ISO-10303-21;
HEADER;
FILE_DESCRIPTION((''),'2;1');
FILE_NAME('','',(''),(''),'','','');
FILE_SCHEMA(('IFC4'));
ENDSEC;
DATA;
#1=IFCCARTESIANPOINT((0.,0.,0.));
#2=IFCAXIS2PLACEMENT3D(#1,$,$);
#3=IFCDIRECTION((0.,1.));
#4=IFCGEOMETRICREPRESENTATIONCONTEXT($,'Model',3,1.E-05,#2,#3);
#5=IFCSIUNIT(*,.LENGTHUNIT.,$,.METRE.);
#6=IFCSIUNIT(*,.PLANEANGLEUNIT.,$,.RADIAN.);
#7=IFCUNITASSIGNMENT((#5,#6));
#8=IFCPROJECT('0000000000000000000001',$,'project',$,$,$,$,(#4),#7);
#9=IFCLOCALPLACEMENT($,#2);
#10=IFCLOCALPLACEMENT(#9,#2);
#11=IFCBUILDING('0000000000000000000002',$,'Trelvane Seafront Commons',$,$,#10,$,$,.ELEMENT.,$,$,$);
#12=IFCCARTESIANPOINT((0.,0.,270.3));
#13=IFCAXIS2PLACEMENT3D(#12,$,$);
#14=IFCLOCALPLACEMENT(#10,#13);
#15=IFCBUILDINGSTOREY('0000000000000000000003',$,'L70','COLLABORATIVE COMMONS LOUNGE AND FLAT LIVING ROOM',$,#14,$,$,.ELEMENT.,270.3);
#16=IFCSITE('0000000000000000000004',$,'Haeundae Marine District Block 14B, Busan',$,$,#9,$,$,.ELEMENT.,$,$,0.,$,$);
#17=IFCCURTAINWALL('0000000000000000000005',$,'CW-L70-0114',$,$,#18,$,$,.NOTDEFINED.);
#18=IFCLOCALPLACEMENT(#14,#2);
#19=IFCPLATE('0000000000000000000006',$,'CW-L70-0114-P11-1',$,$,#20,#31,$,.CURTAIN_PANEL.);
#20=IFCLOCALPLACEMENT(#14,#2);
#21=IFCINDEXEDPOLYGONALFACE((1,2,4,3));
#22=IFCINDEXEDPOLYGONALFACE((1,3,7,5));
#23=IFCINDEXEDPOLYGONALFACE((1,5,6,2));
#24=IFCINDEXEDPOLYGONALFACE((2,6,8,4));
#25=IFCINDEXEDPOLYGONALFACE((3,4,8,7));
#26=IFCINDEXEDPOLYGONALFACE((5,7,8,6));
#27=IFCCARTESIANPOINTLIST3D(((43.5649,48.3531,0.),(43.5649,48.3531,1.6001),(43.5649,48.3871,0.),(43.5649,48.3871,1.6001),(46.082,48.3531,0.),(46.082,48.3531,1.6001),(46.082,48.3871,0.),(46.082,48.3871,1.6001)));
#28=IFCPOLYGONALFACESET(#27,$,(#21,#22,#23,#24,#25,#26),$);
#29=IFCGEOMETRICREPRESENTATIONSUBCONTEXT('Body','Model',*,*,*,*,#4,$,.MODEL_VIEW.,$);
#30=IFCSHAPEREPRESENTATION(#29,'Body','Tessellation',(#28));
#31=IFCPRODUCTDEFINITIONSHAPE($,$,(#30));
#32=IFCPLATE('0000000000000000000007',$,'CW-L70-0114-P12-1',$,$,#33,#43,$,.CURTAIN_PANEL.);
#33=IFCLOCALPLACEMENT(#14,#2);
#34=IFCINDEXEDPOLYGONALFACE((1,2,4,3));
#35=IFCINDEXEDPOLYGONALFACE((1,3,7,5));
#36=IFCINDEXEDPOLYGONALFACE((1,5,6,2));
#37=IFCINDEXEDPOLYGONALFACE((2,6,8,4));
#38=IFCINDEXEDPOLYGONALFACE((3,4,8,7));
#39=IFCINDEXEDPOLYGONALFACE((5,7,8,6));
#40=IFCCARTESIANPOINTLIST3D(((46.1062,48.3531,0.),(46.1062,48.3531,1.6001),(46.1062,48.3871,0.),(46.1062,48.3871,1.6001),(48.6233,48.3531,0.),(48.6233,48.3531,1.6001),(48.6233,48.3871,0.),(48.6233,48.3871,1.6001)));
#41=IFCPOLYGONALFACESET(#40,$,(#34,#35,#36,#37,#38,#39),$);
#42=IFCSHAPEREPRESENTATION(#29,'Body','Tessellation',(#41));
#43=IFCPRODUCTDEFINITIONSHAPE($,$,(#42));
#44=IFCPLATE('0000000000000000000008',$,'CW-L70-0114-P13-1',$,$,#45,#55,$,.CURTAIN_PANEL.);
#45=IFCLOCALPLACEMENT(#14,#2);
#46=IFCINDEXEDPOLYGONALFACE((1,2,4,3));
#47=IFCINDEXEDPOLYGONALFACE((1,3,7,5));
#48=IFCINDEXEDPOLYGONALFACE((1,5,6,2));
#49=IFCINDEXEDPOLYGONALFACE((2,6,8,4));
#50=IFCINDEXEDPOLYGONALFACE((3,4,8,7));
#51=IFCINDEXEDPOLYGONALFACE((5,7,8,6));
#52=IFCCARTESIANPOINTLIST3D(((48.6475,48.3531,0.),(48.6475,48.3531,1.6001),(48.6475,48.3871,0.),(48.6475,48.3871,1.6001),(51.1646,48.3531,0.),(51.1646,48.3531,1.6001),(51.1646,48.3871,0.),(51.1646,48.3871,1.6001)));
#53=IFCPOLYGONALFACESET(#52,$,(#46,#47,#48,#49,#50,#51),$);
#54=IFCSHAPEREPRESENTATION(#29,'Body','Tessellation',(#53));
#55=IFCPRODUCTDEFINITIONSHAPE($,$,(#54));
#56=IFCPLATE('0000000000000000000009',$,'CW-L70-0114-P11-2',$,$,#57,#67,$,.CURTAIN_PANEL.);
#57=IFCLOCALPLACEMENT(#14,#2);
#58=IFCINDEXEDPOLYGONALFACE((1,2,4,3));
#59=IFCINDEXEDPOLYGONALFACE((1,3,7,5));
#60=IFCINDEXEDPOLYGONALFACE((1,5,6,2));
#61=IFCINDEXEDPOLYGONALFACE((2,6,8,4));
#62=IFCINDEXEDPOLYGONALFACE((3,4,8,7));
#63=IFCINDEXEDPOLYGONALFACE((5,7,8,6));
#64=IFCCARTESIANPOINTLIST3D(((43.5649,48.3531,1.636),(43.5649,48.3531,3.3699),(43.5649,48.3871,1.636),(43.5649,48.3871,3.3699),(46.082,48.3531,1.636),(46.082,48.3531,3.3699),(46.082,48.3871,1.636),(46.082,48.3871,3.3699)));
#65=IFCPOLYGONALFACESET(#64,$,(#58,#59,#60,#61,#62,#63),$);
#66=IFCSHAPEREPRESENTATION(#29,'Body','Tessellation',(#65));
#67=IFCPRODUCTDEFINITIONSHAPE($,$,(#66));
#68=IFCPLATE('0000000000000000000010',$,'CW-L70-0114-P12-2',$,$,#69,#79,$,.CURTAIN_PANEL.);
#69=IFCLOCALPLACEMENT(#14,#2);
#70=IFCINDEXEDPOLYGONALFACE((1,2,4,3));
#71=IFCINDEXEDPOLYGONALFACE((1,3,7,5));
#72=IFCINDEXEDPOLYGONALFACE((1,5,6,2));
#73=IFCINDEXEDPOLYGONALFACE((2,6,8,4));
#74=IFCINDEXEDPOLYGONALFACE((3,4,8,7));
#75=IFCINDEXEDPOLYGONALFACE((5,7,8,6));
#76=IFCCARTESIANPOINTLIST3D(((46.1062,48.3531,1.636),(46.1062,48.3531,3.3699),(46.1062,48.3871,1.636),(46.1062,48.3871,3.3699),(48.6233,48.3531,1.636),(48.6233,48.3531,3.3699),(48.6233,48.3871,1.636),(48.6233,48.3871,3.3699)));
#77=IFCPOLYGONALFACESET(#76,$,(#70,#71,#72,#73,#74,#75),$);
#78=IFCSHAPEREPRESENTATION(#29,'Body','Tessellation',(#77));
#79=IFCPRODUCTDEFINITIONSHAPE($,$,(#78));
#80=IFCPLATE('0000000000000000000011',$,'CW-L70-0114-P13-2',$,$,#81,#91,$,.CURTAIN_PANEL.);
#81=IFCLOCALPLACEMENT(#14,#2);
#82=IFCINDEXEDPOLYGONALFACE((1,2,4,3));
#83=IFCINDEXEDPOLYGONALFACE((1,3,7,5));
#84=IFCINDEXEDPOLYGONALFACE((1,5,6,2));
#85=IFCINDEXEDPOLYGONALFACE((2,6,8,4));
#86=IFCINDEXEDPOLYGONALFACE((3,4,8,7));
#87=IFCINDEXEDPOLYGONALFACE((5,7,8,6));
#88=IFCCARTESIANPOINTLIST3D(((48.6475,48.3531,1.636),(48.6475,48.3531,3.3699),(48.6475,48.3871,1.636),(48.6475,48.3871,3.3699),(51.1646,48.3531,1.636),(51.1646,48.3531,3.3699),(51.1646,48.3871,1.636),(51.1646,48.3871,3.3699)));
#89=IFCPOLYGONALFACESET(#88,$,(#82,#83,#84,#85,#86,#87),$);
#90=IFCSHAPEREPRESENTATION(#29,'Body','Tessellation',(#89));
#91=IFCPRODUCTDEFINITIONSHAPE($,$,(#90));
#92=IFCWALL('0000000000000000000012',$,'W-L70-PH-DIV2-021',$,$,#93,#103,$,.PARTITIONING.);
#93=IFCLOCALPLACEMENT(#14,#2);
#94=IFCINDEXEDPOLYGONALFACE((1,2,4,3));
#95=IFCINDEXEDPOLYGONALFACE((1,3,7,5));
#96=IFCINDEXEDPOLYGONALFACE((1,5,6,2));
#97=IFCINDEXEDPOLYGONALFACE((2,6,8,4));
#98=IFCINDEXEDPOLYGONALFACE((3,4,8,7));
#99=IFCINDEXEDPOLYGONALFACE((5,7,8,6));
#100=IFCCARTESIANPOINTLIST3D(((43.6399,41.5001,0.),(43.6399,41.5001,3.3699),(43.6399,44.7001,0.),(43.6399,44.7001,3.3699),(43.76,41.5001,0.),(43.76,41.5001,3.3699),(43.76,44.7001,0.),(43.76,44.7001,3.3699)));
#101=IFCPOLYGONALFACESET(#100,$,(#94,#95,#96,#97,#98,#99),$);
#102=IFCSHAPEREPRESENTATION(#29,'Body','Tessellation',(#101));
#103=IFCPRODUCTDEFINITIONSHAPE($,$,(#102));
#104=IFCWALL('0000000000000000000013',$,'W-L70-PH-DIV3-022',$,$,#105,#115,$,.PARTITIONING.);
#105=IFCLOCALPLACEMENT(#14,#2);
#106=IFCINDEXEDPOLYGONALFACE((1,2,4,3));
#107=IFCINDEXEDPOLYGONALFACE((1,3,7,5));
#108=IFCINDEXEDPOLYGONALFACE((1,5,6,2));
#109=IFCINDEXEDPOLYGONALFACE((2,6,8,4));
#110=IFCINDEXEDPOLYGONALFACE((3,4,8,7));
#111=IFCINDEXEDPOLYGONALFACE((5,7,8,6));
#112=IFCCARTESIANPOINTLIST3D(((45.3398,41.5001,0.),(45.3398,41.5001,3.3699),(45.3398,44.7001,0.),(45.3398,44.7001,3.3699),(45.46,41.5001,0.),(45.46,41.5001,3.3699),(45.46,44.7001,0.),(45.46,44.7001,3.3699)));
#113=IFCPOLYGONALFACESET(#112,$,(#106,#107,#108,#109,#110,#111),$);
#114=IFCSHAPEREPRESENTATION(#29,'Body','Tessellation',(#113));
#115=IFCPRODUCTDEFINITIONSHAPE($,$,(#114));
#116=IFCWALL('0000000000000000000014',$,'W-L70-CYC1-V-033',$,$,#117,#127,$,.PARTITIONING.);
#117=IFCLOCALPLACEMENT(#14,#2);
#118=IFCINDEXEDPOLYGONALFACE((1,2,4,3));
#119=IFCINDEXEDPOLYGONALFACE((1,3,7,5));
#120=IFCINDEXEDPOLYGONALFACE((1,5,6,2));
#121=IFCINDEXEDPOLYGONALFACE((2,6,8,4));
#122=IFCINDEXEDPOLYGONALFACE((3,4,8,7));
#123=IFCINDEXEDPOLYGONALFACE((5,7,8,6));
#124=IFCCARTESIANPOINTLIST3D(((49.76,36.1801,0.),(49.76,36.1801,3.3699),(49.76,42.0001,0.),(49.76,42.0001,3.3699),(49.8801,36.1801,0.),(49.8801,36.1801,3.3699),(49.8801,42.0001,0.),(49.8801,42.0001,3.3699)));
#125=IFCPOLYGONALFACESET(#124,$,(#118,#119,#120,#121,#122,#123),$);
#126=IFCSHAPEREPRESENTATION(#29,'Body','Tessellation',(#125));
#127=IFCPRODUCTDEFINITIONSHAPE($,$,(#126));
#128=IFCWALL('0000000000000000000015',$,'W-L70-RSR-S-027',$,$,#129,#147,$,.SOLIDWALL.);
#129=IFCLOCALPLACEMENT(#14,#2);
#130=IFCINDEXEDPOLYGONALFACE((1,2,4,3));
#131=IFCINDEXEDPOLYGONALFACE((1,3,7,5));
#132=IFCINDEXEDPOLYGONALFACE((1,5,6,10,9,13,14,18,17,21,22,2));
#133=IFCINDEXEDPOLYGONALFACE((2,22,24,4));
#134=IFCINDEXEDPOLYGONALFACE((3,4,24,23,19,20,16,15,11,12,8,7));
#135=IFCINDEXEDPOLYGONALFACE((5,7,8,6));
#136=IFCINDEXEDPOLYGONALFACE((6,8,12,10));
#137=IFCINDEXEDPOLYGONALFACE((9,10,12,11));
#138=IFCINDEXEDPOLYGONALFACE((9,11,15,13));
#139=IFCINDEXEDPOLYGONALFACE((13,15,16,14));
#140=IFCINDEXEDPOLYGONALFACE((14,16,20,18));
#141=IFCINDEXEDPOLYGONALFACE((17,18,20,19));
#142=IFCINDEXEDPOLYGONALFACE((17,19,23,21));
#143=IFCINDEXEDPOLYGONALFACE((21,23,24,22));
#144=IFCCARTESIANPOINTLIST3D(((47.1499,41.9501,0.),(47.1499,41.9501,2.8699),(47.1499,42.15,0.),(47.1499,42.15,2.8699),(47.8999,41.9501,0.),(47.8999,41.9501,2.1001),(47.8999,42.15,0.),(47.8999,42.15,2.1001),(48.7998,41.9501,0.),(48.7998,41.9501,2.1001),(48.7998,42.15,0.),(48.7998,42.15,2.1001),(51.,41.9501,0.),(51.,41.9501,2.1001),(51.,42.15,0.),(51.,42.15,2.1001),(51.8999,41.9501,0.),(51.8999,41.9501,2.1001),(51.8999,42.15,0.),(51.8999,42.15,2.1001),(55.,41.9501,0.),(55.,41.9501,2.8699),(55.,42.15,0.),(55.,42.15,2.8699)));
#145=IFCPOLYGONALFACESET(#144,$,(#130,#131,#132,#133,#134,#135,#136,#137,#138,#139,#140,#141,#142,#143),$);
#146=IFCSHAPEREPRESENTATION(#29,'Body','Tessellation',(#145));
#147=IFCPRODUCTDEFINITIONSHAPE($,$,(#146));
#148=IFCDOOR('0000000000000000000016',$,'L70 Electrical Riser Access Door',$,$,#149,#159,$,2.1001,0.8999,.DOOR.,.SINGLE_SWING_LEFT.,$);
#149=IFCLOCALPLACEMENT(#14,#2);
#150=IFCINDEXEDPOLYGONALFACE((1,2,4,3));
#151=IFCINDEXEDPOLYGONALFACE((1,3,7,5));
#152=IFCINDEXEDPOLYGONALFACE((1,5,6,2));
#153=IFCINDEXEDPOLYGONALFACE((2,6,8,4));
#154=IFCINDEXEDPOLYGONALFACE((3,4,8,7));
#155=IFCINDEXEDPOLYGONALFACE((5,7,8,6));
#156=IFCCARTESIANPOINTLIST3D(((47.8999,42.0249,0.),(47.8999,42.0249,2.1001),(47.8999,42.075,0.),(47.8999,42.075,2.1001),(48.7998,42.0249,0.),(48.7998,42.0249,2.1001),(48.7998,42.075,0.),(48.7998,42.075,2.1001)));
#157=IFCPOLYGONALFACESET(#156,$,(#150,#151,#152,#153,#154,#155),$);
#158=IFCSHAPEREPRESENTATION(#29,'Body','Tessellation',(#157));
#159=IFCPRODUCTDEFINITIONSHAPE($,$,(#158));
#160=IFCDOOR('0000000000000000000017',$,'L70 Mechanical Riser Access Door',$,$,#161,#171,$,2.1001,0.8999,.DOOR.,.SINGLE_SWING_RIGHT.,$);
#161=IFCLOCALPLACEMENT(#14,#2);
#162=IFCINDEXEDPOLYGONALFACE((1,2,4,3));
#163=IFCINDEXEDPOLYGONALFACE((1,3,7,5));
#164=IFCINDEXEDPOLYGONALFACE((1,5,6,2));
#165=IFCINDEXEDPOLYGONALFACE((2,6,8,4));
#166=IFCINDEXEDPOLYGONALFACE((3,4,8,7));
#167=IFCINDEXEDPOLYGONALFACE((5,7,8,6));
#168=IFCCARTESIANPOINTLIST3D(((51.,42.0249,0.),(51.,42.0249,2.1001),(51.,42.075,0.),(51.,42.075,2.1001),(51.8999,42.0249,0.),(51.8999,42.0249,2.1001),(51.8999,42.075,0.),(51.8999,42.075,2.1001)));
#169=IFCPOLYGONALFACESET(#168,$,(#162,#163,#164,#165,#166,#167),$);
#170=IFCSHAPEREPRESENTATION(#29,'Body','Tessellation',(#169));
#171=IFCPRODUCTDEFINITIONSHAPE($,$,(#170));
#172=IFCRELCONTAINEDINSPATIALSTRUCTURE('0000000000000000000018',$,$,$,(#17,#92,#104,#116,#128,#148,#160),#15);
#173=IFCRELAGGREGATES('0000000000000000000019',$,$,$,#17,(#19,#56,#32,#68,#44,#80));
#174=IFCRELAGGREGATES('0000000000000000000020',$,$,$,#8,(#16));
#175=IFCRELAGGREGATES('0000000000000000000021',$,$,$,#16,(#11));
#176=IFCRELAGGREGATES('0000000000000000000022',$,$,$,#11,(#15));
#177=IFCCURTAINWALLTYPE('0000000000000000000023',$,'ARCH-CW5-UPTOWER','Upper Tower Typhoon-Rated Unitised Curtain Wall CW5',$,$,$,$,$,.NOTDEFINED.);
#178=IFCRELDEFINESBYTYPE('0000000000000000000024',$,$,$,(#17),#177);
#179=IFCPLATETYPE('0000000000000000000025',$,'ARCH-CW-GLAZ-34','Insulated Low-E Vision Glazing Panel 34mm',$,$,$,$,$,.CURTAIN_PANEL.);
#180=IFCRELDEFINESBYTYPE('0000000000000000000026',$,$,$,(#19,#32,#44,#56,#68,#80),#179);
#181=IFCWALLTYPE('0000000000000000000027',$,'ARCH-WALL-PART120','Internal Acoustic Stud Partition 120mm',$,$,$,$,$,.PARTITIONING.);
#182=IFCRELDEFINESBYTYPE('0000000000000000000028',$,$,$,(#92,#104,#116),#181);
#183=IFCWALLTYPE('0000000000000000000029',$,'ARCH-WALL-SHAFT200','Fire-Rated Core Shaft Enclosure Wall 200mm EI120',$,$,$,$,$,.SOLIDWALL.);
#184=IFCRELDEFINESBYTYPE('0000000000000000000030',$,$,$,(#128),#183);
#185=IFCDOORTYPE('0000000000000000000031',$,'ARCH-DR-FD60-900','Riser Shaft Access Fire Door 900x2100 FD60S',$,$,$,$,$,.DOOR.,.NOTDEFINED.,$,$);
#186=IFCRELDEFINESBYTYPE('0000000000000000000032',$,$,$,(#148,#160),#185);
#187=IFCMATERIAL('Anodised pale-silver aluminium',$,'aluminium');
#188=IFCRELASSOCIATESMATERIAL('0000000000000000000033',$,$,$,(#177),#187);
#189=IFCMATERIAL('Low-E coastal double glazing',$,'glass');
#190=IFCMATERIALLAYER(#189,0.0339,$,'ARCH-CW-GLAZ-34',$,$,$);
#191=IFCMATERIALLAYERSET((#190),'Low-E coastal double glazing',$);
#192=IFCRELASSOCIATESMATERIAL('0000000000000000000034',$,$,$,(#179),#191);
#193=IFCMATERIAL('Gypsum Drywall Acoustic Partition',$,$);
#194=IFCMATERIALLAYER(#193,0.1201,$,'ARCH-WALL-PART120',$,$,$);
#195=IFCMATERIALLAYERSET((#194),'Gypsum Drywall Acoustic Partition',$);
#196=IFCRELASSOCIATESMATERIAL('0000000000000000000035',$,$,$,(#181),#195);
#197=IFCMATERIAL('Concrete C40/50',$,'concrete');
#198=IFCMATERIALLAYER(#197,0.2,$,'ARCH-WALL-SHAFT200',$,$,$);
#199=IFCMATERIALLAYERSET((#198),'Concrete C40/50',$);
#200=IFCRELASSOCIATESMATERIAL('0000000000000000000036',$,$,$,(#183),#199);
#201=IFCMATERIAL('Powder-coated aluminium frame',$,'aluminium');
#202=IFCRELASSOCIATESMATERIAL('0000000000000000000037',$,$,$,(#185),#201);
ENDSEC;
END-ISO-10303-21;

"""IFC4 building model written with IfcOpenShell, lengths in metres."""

from ifc_helpers import new_model, si_unit, direction, frame, frame_2d, origin, origin_2d, place, context, subcontext, project, spatial, rectangle, extrude, source, transform, mapped, material, layer, layer_set, type_object, element, fill, aggregate, save


model = new_model("IFC4")

# Units and contexts
model_context = context("Model", 3, precision=1e-05, world=origin(), true_north=direction((0.0, 1.0)))
body_context = subcontext(model_context, "Body", "Model", "MODEL_VIEW")
ifc_project = project(units=[si_unit("LENGTHUNIT", "METRE"), si_unit("PLANEANGLEUNIT", "RADIAN")], contexts=[model_context])

# Site, building, storey
site_placement = place(None, origin())
site = spatial("IfcSite", under=ifc_project, at=site_placement, Name="Haeundae Marine District Block 14B, Busan", CompositionType="ELEMENT", RefElevation=0.0)
building_placement = place(site_placement, origin())
building = spatial("IfcBuilding", under=site, at=building_placement, Name="Trelvane Seafront Commons", CompositionType="ELEMENT")
storey_placement = place(building_placement, frame((0.0, 0.0, 270.3)))
storey = spatial("IfcBuildingStorey", under=building, at=storey_placement, Name="L70", Description="COLLABORATIVE COMMONS LOUNGE AND FLAT LIVING ROOM", CompositionType="ELEMENT", Elevation=270.3)

# Curtain wall
ifc_material_1 = material(Name="Anodised pale-silver aluminium", Category="aluminium")
curtain_wall_type = type_object("IfcCurtainWallType", Name="ARCH-CW5-UPTOWER", Description="Upper Tower Typhoon-Rated Unitised Curtain Wall CW5", PredefinedType="NOTDEFINED", material=ifc_material_1)
curtain_wall_placement = place(storey_placement, origin())
curtain_wall = element("IfcCurtainWall", 1, at=curtain_wall_placement, inside=storey, type_object=curtain_wall_type, Name="CW-L70-0114", PredefinedType="NOTDEFINED")

# Plates
ifc_material_2 = material(Name="Low-E coastal double glazing", Category="glass")
ifc_layer_1 = layer(ifc_material_2, 0.0339, Name="ARCH-CW-GLAZ-34")
ifc_layer_set_1 = layer_set([ifc_layer_1], Name="Low-E coastal double glazing")
plate_type_1 = type_object("IfcPlateType", Name="ARCH-CW-GLAZ-34", Description="Insulated Low-E Vision Glazing Panel 34mm", PredefinedType="CURTAIN_PANEL", material=ifc_layer_set_1)
shared_shape_1 = source(origin(), body_context, "Body", "SweptSolid", [
    extrude(rectangle(XDim=2.5171, YDim=0.0339, at=origin_2d()), origin(), (0.0, 0.0, 1.0), 1.6001),
])
plate_1_placement = place(storey_placement, frame((44.8235, 48.3701, 0.0), z_axis=(0.0, 0.0, 1.0), x_axis=(1.0, 0.0, 0.0)))
plate_1 = element("IfcPlate", 2, at=plate_1_placement, type_object=plate_type_1, Name="CW-L70-0114-P11-1", PredefinedType="CURTAIN_PANEL", context=body_context, shape_type="MappedRepresentation", body=[
    mapped(shared_shape_1, transform((0.0, 0.0, 0.0), x_axis=(1.0, 0.0, 0.0), y_axis=(0.0, 1.0, 0.0), z_axis=(0.0, 0.0, 1.0), scale=1.0)),
])
plate_2_placement = place(storey_placement, frame((47.3647, 48.3701, 0.0), z_axis=(0.0, 0.0, 1.0), x_axis=(1.0, 0.0, 0.0)))
plate_2 = element("IfcPlate", 3, at=plate_2_placement, type_object=plate_type_1, Name="CW-L70-0114-P12-1", PredefinedType="CURTAIN_PANEL", context=body_context, shape_type="MappedRepresentation", body=[
    mapped(shared_shape_1, transform((0.0, 0.0, 0.0), x_axis=(1.0, 0.0, 0.0), y_axis=(0.0, 1.0, 0.0), z_axis=(0.0, 0.0, 1.0), scale=1.0)),
])
plate_3_placement = place(storey_placement, frame((49.906, 48.3701, 0.0), z_axis=(0.0, 0.0, 1.0), x_axis=(1.0, 0.0, 0.0)))
plate_3 = element("IfcPlate", 4, at=plate_3_placement, type_object=plate_type_1, Name="CW-L70-0114-P13-1", PredefinedType="CURTAIN_PANEL", context=body_context, shape_type="MappedRepresentation", body=[
    mapped(shared_shape_1, transform((0.0, 0.0, 0.0), x_axis=(1.0, 0.0, 0.0), y_axis=(0.0, 1.0, 0.0), z_axis=(0.0, 0.0, 1.0), scale=1.0)),
])
shared_shape_2 = source(origin(), body_context, "Body", "SweptSolid", [
    extrude(rectangle(XDim=2.5171, YDim=0.0339, at=origin_2d()), origin(), (0.0, 0.0, 1.0), 1.7339),
])
plate_4_placement = place(storey_placement, frame((44.8235, 48.3701, 1.636), z_axis=(0.0, 0.0, 1.0), x_axis=(1.0, 0.0, 0.0)))
plate_4 = element("IfcPlate", 5, at=plate_4_placement, type_object=plate_type_1, Name="CW-L70-0114-P11-2", PredefinedType="CURTAIN_PANEL", context=body_context, shape_type="MappedRepresentation", body=[
    mapped(shared_shape_2, transform((0.0, 0.0, 0.0), x_axis=(1.0, 0.0, 0.0), y_axis=(0.0, 1.0, 0.0), z_axis=(0.0, 0.0, 1.0), scale=1.0)),
])
plate_5_placement = place(storey_placement, frame((47.3647, 48.3701, 1.636), z_axis=(0.0, 0.0, 1.0), x_axis=(1.0, 0.0, 0.0)))
plate_5 = element("IfcPlate", 6, at=plate_5_placement, type_object=plate_type_1, Name="CW-L70-0114-P12-2", PredefinedType="CURTAIN_PANEL", context=body_context, shape_type="MappedRepresentation", body=[
    mapped(shared_shape_2, transform((0.0, 0.0, 0.0), x_axis=(1.0, 0.0, 0.0), y_axis=(0.0, 1.0, 0.0), z_axis=(0.0, 0.0, 1.0), scale=1.0)),
])
plate_6_placement = place(storey_placement, frame((49.906, 48.3701, 1.636), z_axis=(0.0, 0.0, 1.0), x_axis=(1.0, 0.0, 0.0)))
plate_6 = element("IfcPlate", 7, at=plate_6_placement, type_object=plate_type_1, Name="CW-L70-0114-P13-2", PredefinedType="CURTAIN_PANEL", context=body_context, shape_type="MappedRepresentation", body=[
    mapped(shared_shape_2, transform((0.0, 0.0, 0.0), x_axis=(1.0, 0.0, 0.0), y_axis=(0.0, 1.0, 0.0), z_axis=(0.0, 0.0, 1.0), scale=1.0)),
])
aggregate(curtain_wall, [plate_1, plate_4, plate_2, plate_5, plate_3, plate_6])

# Walls
ifc_material_3 = material(Name="Gypsum Drywall Acoustic Partition")
ifc_layer_2 = layer(ifc_material_3, 0.1201, Name="ARCH-WALL-PART120")
ifc_layer_set_2 = layer_set([ifc_layer_2], Name="Gypsum Drywall Acoustic Partition")
wall_type_1 = type_object("IfcWallType", Name="ARCH-WALL-PART120", Description="Internal Acoustic Stud Partition 120mm", PredefinedType="PARTITIONING", material=ifc_layer_set_2)
for number, where, z_axis, x_axis, name in (
    (8, (43.7, 41.5, 0.0), (0.0, 0.0, 1.0), (0.0, 1.0, 0.0), "W-L70-PH-DIV2-021"),
    (9, (45.3999, 41.5, 0.0), (0.0, 0.0, 1.0), (0.0, 1.0, 0.0), "W-L70-PH-DIV3-022"),
):
    element("IfcWall", number, at=place(storey_placement, frame(where, z_axis=z_axis, x_axis=x_axis)), inside=storey, type_object=wall_type_1, Name=name, PredefinedType="PARTITIONING", context=body_context, shape_type="SweptSolid", body=[
        extrude(rectangle(XDim=3.2, YDim=0.1201, at=frame_2d((1.6001, 0.0))), origin(), (0.0, 0.0, 1.0), 3.3699),
    ])

# Wall
wall_1_placement = place(storey_placement, frame((49.8201, 36.1799, 0.0), z_axis=(0.0, 0.0, 1.0), x_axis=(0.0, 1.0, 0.0)))
element("IfcWall", 10, at=wall_1_placement, inside=storey, type_object=wall_type_1, Name="W-L70-CYC1-V-033", PredefinedType="PARTITIONING", context=body_context, shape_type="SweptSolid", body=[
    extrude(rectangle(XDim=5.8201, YDim=0.1201, at=frame_2d((2.9102, 0.0))), origin(), (0.0, 0.0, 1.0), 3.3699),
])

# Wall, openings, doors
ifc_material_4 = material(Name="Concrete C40/50", Category="concrete")
ifc_layer_3 = layer(ifc_material_4, 0.2, Name="ARCH-WALL-SHAFT200")
ifc_layer_set_3 = layer_set([ifc_layer_3], Name="Concrete C40/50")
wall_type_2 = type_object("IfcWallType", Name="ARCH-WALL-SHAFT200", Description="Fire-Rated Core Shaft Enclosure Wall 200mm EI120", PredefinedType="SOLIDWALL", material=ifc_layer_set_3)
wall_2_placement = place(storey_placement, frame((47.1499, 42.05, 0.0), z_axis=(0.0, 0.0, 1.0), x_axis=(1.0, 0.0, 0.0)))
wall_2 = element("IfcWall", 11, at=wall_2_placement, inside=storey, type_object=wall_type_2, Name="W-L70-RSR-S-027", PredefinedType="SOLIDWALL", context=body_context, shape_type="SweptSolid", body=[
    extrude(rectangle(XDim=7.8501, YDim=0.2, at=frame_2d((3.925, 0.0))), origin(), (0.0, 0.0, 1.0), 2.8699),
])
opening_1_placement = place(wall_2_placement, frame((0.75, 0.0, 0.0)))
opening_1 = element("IfcOpeningElement", 12, at=opening_1_placement, cuts=wall_2, PredefinedType="OPENING", context=body_context, shape_type="SweptSolid", body=[
    extrude(rectangle(XDim=0.8999, YDim=2.1001, at=frame_2d((0.45, 1.05))), frame((0.0, 0.1099, 0.0), z_axis=(0.0, -1.0, 0.0), x_axis=(1.0, 0.0, 0.0)), (0.0, 0.0, 1.0), 0.22),
])
opening_2_placement = place(wall_2_placement, frame((3.8501, 0.0, 0.0)))
opening_2 = element("IfcOpeningElement", 13, at=opening_2_placement, cuts=wall_2, PredefinedType="OPENING", context=body_context, shape_type="SweptSolid", body=[
    extrude(rectangle(XDim=0.8999, YDim=2.1001, at=frame_2d((0.45, 1.05))), frame((0.0, 0.1099, 0.0), z_axis=(0.0, -1.0, 0.0), x_axis=(1.0, 0.0, 0.0)), (0.0, 0.0, 1.0), 0.22),
])
ifc_material_5 = material(Name="Powder-coated aluminium frame", Category="aluminium")
door_type_1 = type_object("IfcDoorType", Name="ARCH-DR-FD60-900", Description="Riser Shaft Access Fire Door 900x2100 FD60S", OperationType="NOTDEFINED", PredefinedType="DOOR", material=ifc_material_5)
shared_shape_3 = source(origin(), body_context, "Body", "SweptSolid", [
    extrude(rectangle(XDim=0.8999, YDim=2.1001, at=frame_2d((0.45, 1.05))), frame((0.0, 0.0249, 0.0), z_axis=(0.0, -1.0, 0.0), x_axis=(1.0, 0.0, 0.0)), (0.0, 0.0, 1.0), 0.05),
])
door_1_placement = place(opening_1_placement, origin())
door_1 = element("IfcDoor", 14, at=door_1_placement, inside=storey, type_object=door_type_1, Name="L70 Electrical Riser Access Door", OperationType="SINGLE_SWING_LEFT", OverallHeight=2.1001, OverallWidth=0.8999, PredefinedType="DOOR", context=body_context, shape_type="MappedRepresentation", body=[
    mapped(shared_shape_3, transform((0.0, 0.0, 0.0), x_axis=(1.0, 0.0, 0.0), y_axis=(0.0, 1.0, 0.0), z_axis=(0.0, 0.0, 1.0), scale=1.0)),
])
fill(opening_1, door_1)
door_2_placement = place(opening_2_placement, origin())
door_2 = element("IfcDoor", 15, at=door_2_placement, inside=storey, type_object=door_type_1, Name="L70 Mechanical Riser Access Door", OperationType="SINGLE_SWING_RIGHT", OverallHeight=2.1001, OverallWidth=0.8999, PredefinedType="DOOR", context=body_context, shape_type="MappedRepresentation", body=[
    mapped(shared_shape_3, transform((0.0, 0.0, 0.0), x_axis=(1.0, 0.0, 0.0), y_axis=(0.0, 1.0, 0.0), z_axis=(0.0, 0.0, 1.0), scale=1.0)),
])
fill(opening_2, door_2)

save(model, "model.ifc")
